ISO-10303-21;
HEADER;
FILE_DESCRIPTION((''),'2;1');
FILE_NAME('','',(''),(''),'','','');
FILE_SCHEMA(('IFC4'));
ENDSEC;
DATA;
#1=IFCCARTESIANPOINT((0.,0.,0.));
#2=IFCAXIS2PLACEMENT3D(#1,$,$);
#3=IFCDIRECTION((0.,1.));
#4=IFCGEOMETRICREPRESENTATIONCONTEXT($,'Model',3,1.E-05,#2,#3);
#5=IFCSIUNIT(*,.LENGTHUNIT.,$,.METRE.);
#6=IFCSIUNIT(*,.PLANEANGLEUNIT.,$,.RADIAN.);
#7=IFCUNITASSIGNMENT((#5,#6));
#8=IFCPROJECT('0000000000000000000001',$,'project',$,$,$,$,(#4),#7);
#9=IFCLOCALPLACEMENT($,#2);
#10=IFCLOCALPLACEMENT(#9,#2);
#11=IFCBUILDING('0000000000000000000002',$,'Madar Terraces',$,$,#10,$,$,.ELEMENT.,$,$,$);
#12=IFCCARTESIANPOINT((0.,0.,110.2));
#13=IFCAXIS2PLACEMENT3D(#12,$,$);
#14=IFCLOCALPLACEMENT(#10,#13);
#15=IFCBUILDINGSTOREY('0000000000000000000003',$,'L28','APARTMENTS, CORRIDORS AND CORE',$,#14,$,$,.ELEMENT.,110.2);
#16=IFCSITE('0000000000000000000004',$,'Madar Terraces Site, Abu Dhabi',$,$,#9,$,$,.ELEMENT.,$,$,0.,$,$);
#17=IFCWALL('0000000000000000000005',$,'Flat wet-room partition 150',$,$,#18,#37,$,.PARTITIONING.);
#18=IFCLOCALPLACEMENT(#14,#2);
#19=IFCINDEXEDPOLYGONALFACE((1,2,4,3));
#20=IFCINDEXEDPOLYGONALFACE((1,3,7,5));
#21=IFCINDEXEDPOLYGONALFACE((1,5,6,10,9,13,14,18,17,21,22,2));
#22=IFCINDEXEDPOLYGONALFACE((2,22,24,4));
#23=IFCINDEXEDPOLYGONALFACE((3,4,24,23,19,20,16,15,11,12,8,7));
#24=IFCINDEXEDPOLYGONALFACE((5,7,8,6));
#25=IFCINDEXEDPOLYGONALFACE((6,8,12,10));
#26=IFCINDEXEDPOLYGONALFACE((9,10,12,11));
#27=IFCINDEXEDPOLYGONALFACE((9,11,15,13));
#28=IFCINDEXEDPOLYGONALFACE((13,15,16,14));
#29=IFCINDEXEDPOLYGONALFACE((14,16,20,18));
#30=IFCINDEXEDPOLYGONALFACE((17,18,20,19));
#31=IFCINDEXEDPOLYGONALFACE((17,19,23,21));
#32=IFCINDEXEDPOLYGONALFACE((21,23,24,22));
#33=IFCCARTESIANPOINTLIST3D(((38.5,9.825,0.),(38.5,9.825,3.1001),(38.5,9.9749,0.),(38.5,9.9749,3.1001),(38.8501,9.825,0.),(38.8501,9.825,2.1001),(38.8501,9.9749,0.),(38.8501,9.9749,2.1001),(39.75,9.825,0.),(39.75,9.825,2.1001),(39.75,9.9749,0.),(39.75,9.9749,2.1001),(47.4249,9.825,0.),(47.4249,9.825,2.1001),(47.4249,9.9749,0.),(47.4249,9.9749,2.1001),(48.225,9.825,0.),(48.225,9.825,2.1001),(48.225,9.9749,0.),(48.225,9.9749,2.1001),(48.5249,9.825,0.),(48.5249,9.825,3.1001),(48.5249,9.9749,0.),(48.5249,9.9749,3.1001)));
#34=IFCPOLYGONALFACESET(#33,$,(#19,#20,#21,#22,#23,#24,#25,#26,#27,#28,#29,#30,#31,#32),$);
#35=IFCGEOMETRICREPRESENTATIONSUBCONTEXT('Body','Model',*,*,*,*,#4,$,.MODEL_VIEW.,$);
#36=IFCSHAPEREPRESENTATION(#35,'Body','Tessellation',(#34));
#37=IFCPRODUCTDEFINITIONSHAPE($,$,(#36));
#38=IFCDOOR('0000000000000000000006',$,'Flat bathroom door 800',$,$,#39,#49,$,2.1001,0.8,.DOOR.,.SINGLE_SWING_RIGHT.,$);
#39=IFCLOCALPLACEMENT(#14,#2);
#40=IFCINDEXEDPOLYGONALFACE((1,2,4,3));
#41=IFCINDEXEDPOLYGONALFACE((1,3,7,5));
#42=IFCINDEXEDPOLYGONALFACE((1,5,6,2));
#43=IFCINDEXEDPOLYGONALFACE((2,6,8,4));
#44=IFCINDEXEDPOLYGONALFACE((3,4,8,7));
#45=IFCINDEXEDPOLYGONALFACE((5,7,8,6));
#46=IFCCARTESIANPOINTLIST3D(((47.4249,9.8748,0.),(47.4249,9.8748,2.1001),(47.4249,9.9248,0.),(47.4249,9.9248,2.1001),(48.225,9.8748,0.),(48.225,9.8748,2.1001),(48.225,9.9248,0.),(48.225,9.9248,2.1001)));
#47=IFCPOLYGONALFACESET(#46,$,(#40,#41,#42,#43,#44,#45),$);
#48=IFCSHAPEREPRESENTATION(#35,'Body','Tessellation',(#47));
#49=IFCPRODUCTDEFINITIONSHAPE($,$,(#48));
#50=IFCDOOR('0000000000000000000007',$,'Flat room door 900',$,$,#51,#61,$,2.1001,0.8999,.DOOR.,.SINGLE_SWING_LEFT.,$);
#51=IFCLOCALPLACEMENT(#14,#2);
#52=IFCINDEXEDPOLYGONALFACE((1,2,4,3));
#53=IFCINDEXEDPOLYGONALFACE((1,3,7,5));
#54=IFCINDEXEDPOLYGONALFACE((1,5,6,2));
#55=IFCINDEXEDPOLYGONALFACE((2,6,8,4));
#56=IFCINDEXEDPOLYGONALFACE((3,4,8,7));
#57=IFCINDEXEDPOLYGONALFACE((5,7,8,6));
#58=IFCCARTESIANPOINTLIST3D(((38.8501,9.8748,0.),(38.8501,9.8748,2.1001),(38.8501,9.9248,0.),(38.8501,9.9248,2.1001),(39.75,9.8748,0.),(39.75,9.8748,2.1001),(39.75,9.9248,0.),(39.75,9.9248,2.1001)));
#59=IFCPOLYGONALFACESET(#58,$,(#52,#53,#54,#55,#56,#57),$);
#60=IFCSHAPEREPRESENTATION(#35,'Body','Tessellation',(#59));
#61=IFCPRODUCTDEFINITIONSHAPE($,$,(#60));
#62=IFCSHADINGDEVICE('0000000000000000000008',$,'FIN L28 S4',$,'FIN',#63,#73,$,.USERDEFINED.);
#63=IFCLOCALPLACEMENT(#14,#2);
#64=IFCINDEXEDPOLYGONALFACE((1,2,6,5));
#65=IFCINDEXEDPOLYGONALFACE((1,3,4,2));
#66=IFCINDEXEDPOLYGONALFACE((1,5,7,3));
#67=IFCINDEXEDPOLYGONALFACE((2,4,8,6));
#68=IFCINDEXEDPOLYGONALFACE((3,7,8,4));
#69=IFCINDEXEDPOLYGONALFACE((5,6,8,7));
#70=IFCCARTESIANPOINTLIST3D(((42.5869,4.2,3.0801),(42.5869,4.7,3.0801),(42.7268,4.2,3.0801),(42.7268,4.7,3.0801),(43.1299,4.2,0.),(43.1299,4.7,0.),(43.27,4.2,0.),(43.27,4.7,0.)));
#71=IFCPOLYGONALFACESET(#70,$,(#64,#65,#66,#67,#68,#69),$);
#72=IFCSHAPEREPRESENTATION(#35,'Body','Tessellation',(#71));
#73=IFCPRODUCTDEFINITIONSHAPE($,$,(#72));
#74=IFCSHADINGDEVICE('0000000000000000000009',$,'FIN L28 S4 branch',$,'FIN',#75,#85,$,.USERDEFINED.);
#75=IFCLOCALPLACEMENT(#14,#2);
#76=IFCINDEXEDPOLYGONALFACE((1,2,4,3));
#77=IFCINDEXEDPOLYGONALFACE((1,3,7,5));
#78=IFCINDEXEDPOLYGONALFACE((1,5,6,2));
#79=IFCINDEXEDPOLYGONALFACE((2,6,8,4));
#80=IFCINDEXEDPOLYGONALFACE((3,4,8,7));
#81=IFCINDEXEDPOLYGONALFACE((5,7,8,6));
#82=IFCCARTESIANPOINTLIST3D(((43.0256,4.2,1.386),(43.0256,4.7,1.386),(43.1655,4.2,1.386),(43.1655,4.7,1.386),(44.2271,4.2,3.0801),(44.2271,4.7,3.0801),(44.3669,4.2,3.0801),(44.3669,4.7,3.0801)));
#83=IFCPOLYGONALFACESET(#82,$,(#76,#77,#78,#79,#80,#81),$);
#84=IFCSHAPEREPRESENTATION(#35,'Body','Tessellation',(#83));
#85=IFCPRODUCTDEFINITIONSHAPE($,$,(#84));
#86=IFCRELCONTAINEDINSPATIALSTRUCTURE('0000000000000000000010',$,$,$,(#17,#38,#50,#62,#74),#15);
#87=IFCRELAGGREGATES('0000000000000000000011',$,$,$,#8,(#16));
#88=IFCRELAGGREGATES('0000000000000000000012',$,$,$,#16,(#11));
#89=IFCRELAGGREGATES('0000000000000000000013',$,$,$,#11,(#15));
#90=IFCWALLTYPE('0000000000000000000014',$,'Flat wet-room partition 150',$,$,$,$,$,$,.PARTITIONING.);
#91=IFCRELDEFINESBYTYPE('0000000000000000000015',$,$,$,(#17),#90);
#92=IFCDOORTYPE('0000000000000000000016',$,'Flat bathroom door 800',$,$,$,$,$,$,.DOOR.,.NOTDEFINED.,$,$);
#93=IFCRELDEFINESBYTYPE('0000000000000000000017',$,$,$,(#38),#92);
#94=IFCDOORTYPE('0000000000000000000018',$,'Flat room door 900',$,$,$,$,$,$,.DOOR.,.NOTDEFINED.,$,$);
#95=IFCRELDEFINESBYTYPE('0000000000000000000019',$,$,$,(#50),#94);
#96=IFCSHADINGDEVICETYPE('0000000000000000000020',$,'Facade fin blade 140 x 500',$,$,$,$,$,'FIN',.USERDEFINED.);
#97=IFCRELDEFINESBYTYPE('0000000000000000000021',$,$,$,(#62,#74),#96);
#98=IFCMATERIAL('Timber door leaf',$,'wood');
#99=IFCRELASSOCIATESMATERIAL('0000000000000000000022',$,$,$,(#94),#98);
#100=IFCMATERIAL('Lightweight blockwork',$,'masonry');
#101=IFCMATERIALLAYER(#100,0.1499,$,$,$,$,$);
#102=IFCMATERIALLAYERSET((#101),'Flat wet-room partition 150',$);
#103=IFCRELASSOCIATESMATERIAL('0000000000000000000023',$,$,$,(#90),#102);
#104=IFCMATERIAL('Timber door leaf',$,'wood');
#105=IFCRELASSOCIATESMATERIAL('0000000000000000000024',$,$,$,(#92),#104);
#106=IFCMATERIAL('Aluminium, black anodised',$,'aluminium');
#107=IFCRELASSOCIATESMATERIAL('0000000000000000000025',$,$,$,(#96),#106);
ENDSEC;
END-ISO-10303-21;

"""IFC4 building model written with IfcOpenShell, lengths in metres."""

from ifc_helpers import new_model, si_unit, direction, frame, frame_2d, origin, place, context, subcontext, project, spatial, polyline, rectangle, outline, extrude, material, layer, layer_set, type_object, element, fill, save


model = new_model("IFC4")

# Units and contexts
model_context = context("Model", 3, precision=1e-05, world=origin(), true_north=direction((0.0, 1.0)))
body_context = subcontext(model_context, "Body", "Model", "MODEL_VIEW")
ifc_project = project(units=[si_unit("LENGTHUNIT", "METRE"), si_unit("PLANEANGLEUNIT", "RADIAN")], contexts=[model_context])

# Site, building, storey
site_placement = place(None, origin())
site = spatial("IfcSite", under=ifc_project, at=site_placement, Name="Madar Terraces Site, Abu Dhabi", CompositionType="ELEMENT", RefElevation=0.0)
building_placement = place(site_placement, origin())
building = spatial("IfcBuilding", under=site, at=building_placement, Name="Madar Terraces", CompositionType="ELEMENT")
storey_placement = place(building_placement, frame((0.0, 0.0, 110.2)))
storey = spatial("IfcBuildingStorey", under=building, at=storey_placement, Name="L28", Description="APARTMENTS, CORRIDORS AND CORE", CompositionType="ELEMENT", Elevation=110.2)

# Shared definitions
ifc_material_1 = material(Name="Timber door leaf", Category="wood")
door_type_1 = type_object("IfcDoorType", Name="Flat room door 900", OperationType="NOTDEFINED", PredefinedType="DOOR", material=ifc_material_1)

# Shared definitions
ifc_material_2 = material(Name="Lightweight blockwork", Category="masonry")
ifc_layer_1 = layer(ifc_material_2, 0.1499)
ifc_layer_set_1 = layer_set([ifc_layer_1], Name="Flat wet-room partition 150")
wall_type_1 = type_object("IfcWallType", Name="Flat wet-room partition 150", PredefinedType="PARTITIONING", material=ifc_layer_set_1)

# Wall, openings, doors
wall_1_placement = place(storey_placement, frame((38.5, 9.8999, 0.0), z_axis=(0.0, 0.0, 1.0), x_axis=(1.0, 0.0, 0.0)))
wall_1 = element("IfcWall", 1, at=wall_1_placement, inside=storey, type_object=wall_type_1, Name="Flat wet-room partition 150", PredefinedType="PARTITIONING", context=body_context, shape_type="SweptSolid", body=[
    extrude(rectangle(XDim=10.0249, YDim=0.1499, at=frame_2d((5.0125, 0.0))), origin(), (0.0, 0.0, 1.0), 3.1001),
])
opening_1_placement = place(wall_1_placement, frame((8.925, 0.0, 0.0)))
opening_1 = element("IfcOpeningElement", 2, at=opening_1_placement, cuts=wall_1, PredefinedType="OPENING", context=body_context, shape_type="SweptSolid", body=[
    extrude(rectangle(XDim=0.8, YDim=2.1001, at=frame_2d((0.3999, 1.05))), frame((0.0, 0.085, 0.0), z_axis=(0.0, -1.0, 0.0), x_axis=(1.0, 0.0, 0.0)), (0.0, 0.0, 1.0), 0.1699),
])
opening_2_placement = place(wall_1_placement, frame((0.3501, 0.0, 0.0)))
opening_2 = element("IfcOpeningElement", 3, at=opening_2_placement, cuts=wall_1, PredefinedType="OPENING", context=body_context, shape_type="SweptSolid", body=[
    extrude(rectangle(XDim=0.8999, YDim=2.1001, at=frame_2d((0.45, 1.05))), frame((0.0, 0.085, 0.0), z_axis=(0.0, -1.0, 0.0), x_axis=(1.0, 0.0, 0.0)), (0.0, 0.0, 1.0), 0.1699),
])
ifc_material_3 = material(Name="Timber door leaf", Category="wood")
door_type_2 = type_object("IfcDoorType", Name="Flat bathroom door 800", OperationType="NOTDEFINED", PredefinedType="DOOR", material=ifc_material_3)
door_1_placement = place(opening_1_placement, origin())
door_1 = element("IfcDoor", 4, at=door_1_placement, inside=storey, type_object=door_type_2, Name="Flat bathroom door 800", OperationType="SINGLE_SWING_RIGHT", OverallHeight=2.1001, OverallWidth=0.8, PredefinedType="DOOR", context=body_context, shape_type="SweptSolid", body=[
    extrude(rectangle(XDim=0.8, YDim=2.1001, at=frame_2d((0.3999, 1.05))), frame((0.0, 0.0249, 0.0), z_axis=(0.0, -1.0, 0.0), x_axis=(1.0, 0.0, 0.0)), (0.0, 0.0, 1.0), 0.05),
])
fill(opening_1, door_1)
door_2_placement = place(opening_2_placement, origin())
door_2 = element("IfcDoor", 5, at=door_2_placement, inside=storey, type_object=door_type_1, Name="Flat room door 900", OperationType="SINGLE_SWING_LEFT", OverallHeight=2.1001, OverallWidth=0.8999, PredefinedType="DOOR", context=body_context, shape_type="SweptSolid", body=[
    extrude(rectangle(XDim=0.8999, YDim=2.1001, at=frame_2d((0.45, 1.05))), frame((0.0, 0.0249, 0.0), z_axis=(0.0, -1.0, 0.0), x_axis=(1.0, 0.0, 0.0)), (0.0, 0.0, 1.0), 0.05),
])
fill(opening_2, door_2)

# Shading devices
ifc_material_4 = material(Name="Aluminium, black anodised", Category="aluminium")
shading_device_type = type_object("IfcShadingDeviceType", Name="Facade fin blade 140 x 500", ElementType="FIN", PredefinedType="USERDEFINED", material=ifc_material_4)
shading_device_1_placement = place(storey_placement, frame((43.1299, 4.45, 0.0), z_axis=(0.0, 0.0, 1.0), x_axis=(1.0, 0.0, 0.0)))
element("IfcShadingDevice", 6, at=shading_device_1_placement, inside=storey, type_object=shading_device_type, Name="FIN L28 S4", ObjectType="FIN", PredefinedType="USERDEFINED", context=body_context, shape_type="SweptSolid", body=[
    extrude(outline(polyline([(0.0, 0.0), (0.1401, 0.0), (-0.4031, 3.0801), (-0.543, 3.0801), (0.0, 0.0)])), frame((0.0, 0.25, 0.0), z_axis=(0.0, -1.0, 0.0), x_axis=(1.0, 0.0, 0.0)), (0.0, 0.0, 1.0), 0.5),
])
shading_device_2_placement = place(storey_placement, frame((43.0256, 4.45, 1.386), z_axis=(0.0, 0.0, 1.0), x_axis=(1.0, 0.0, 0.0)))
element("IfcShadingDevice", 7, at=shading_device_2_placement, inside=storey, type_object=shading_device_type, Name="FIN L28 S4 branch", ObjectType="FIN", PredefinedType="USERDEFINED", context=body_context, shape_type="SweptSolid", body=[
    extrude(outline(polyline([(0.0, 0.0), (0.1399, 0.0), (1.3413, 1.6941), (1.2014, 1.6941), (0.0, 0.0)])), frame((0.0, 0.25, 0.0), z_axis=(0.0, -1.0, 0.0), x_axis=(1.0, 0.0, 0.0)), (0.0, 0.0, 1.0), 0.5),
])

save(model, "model.ifc")
